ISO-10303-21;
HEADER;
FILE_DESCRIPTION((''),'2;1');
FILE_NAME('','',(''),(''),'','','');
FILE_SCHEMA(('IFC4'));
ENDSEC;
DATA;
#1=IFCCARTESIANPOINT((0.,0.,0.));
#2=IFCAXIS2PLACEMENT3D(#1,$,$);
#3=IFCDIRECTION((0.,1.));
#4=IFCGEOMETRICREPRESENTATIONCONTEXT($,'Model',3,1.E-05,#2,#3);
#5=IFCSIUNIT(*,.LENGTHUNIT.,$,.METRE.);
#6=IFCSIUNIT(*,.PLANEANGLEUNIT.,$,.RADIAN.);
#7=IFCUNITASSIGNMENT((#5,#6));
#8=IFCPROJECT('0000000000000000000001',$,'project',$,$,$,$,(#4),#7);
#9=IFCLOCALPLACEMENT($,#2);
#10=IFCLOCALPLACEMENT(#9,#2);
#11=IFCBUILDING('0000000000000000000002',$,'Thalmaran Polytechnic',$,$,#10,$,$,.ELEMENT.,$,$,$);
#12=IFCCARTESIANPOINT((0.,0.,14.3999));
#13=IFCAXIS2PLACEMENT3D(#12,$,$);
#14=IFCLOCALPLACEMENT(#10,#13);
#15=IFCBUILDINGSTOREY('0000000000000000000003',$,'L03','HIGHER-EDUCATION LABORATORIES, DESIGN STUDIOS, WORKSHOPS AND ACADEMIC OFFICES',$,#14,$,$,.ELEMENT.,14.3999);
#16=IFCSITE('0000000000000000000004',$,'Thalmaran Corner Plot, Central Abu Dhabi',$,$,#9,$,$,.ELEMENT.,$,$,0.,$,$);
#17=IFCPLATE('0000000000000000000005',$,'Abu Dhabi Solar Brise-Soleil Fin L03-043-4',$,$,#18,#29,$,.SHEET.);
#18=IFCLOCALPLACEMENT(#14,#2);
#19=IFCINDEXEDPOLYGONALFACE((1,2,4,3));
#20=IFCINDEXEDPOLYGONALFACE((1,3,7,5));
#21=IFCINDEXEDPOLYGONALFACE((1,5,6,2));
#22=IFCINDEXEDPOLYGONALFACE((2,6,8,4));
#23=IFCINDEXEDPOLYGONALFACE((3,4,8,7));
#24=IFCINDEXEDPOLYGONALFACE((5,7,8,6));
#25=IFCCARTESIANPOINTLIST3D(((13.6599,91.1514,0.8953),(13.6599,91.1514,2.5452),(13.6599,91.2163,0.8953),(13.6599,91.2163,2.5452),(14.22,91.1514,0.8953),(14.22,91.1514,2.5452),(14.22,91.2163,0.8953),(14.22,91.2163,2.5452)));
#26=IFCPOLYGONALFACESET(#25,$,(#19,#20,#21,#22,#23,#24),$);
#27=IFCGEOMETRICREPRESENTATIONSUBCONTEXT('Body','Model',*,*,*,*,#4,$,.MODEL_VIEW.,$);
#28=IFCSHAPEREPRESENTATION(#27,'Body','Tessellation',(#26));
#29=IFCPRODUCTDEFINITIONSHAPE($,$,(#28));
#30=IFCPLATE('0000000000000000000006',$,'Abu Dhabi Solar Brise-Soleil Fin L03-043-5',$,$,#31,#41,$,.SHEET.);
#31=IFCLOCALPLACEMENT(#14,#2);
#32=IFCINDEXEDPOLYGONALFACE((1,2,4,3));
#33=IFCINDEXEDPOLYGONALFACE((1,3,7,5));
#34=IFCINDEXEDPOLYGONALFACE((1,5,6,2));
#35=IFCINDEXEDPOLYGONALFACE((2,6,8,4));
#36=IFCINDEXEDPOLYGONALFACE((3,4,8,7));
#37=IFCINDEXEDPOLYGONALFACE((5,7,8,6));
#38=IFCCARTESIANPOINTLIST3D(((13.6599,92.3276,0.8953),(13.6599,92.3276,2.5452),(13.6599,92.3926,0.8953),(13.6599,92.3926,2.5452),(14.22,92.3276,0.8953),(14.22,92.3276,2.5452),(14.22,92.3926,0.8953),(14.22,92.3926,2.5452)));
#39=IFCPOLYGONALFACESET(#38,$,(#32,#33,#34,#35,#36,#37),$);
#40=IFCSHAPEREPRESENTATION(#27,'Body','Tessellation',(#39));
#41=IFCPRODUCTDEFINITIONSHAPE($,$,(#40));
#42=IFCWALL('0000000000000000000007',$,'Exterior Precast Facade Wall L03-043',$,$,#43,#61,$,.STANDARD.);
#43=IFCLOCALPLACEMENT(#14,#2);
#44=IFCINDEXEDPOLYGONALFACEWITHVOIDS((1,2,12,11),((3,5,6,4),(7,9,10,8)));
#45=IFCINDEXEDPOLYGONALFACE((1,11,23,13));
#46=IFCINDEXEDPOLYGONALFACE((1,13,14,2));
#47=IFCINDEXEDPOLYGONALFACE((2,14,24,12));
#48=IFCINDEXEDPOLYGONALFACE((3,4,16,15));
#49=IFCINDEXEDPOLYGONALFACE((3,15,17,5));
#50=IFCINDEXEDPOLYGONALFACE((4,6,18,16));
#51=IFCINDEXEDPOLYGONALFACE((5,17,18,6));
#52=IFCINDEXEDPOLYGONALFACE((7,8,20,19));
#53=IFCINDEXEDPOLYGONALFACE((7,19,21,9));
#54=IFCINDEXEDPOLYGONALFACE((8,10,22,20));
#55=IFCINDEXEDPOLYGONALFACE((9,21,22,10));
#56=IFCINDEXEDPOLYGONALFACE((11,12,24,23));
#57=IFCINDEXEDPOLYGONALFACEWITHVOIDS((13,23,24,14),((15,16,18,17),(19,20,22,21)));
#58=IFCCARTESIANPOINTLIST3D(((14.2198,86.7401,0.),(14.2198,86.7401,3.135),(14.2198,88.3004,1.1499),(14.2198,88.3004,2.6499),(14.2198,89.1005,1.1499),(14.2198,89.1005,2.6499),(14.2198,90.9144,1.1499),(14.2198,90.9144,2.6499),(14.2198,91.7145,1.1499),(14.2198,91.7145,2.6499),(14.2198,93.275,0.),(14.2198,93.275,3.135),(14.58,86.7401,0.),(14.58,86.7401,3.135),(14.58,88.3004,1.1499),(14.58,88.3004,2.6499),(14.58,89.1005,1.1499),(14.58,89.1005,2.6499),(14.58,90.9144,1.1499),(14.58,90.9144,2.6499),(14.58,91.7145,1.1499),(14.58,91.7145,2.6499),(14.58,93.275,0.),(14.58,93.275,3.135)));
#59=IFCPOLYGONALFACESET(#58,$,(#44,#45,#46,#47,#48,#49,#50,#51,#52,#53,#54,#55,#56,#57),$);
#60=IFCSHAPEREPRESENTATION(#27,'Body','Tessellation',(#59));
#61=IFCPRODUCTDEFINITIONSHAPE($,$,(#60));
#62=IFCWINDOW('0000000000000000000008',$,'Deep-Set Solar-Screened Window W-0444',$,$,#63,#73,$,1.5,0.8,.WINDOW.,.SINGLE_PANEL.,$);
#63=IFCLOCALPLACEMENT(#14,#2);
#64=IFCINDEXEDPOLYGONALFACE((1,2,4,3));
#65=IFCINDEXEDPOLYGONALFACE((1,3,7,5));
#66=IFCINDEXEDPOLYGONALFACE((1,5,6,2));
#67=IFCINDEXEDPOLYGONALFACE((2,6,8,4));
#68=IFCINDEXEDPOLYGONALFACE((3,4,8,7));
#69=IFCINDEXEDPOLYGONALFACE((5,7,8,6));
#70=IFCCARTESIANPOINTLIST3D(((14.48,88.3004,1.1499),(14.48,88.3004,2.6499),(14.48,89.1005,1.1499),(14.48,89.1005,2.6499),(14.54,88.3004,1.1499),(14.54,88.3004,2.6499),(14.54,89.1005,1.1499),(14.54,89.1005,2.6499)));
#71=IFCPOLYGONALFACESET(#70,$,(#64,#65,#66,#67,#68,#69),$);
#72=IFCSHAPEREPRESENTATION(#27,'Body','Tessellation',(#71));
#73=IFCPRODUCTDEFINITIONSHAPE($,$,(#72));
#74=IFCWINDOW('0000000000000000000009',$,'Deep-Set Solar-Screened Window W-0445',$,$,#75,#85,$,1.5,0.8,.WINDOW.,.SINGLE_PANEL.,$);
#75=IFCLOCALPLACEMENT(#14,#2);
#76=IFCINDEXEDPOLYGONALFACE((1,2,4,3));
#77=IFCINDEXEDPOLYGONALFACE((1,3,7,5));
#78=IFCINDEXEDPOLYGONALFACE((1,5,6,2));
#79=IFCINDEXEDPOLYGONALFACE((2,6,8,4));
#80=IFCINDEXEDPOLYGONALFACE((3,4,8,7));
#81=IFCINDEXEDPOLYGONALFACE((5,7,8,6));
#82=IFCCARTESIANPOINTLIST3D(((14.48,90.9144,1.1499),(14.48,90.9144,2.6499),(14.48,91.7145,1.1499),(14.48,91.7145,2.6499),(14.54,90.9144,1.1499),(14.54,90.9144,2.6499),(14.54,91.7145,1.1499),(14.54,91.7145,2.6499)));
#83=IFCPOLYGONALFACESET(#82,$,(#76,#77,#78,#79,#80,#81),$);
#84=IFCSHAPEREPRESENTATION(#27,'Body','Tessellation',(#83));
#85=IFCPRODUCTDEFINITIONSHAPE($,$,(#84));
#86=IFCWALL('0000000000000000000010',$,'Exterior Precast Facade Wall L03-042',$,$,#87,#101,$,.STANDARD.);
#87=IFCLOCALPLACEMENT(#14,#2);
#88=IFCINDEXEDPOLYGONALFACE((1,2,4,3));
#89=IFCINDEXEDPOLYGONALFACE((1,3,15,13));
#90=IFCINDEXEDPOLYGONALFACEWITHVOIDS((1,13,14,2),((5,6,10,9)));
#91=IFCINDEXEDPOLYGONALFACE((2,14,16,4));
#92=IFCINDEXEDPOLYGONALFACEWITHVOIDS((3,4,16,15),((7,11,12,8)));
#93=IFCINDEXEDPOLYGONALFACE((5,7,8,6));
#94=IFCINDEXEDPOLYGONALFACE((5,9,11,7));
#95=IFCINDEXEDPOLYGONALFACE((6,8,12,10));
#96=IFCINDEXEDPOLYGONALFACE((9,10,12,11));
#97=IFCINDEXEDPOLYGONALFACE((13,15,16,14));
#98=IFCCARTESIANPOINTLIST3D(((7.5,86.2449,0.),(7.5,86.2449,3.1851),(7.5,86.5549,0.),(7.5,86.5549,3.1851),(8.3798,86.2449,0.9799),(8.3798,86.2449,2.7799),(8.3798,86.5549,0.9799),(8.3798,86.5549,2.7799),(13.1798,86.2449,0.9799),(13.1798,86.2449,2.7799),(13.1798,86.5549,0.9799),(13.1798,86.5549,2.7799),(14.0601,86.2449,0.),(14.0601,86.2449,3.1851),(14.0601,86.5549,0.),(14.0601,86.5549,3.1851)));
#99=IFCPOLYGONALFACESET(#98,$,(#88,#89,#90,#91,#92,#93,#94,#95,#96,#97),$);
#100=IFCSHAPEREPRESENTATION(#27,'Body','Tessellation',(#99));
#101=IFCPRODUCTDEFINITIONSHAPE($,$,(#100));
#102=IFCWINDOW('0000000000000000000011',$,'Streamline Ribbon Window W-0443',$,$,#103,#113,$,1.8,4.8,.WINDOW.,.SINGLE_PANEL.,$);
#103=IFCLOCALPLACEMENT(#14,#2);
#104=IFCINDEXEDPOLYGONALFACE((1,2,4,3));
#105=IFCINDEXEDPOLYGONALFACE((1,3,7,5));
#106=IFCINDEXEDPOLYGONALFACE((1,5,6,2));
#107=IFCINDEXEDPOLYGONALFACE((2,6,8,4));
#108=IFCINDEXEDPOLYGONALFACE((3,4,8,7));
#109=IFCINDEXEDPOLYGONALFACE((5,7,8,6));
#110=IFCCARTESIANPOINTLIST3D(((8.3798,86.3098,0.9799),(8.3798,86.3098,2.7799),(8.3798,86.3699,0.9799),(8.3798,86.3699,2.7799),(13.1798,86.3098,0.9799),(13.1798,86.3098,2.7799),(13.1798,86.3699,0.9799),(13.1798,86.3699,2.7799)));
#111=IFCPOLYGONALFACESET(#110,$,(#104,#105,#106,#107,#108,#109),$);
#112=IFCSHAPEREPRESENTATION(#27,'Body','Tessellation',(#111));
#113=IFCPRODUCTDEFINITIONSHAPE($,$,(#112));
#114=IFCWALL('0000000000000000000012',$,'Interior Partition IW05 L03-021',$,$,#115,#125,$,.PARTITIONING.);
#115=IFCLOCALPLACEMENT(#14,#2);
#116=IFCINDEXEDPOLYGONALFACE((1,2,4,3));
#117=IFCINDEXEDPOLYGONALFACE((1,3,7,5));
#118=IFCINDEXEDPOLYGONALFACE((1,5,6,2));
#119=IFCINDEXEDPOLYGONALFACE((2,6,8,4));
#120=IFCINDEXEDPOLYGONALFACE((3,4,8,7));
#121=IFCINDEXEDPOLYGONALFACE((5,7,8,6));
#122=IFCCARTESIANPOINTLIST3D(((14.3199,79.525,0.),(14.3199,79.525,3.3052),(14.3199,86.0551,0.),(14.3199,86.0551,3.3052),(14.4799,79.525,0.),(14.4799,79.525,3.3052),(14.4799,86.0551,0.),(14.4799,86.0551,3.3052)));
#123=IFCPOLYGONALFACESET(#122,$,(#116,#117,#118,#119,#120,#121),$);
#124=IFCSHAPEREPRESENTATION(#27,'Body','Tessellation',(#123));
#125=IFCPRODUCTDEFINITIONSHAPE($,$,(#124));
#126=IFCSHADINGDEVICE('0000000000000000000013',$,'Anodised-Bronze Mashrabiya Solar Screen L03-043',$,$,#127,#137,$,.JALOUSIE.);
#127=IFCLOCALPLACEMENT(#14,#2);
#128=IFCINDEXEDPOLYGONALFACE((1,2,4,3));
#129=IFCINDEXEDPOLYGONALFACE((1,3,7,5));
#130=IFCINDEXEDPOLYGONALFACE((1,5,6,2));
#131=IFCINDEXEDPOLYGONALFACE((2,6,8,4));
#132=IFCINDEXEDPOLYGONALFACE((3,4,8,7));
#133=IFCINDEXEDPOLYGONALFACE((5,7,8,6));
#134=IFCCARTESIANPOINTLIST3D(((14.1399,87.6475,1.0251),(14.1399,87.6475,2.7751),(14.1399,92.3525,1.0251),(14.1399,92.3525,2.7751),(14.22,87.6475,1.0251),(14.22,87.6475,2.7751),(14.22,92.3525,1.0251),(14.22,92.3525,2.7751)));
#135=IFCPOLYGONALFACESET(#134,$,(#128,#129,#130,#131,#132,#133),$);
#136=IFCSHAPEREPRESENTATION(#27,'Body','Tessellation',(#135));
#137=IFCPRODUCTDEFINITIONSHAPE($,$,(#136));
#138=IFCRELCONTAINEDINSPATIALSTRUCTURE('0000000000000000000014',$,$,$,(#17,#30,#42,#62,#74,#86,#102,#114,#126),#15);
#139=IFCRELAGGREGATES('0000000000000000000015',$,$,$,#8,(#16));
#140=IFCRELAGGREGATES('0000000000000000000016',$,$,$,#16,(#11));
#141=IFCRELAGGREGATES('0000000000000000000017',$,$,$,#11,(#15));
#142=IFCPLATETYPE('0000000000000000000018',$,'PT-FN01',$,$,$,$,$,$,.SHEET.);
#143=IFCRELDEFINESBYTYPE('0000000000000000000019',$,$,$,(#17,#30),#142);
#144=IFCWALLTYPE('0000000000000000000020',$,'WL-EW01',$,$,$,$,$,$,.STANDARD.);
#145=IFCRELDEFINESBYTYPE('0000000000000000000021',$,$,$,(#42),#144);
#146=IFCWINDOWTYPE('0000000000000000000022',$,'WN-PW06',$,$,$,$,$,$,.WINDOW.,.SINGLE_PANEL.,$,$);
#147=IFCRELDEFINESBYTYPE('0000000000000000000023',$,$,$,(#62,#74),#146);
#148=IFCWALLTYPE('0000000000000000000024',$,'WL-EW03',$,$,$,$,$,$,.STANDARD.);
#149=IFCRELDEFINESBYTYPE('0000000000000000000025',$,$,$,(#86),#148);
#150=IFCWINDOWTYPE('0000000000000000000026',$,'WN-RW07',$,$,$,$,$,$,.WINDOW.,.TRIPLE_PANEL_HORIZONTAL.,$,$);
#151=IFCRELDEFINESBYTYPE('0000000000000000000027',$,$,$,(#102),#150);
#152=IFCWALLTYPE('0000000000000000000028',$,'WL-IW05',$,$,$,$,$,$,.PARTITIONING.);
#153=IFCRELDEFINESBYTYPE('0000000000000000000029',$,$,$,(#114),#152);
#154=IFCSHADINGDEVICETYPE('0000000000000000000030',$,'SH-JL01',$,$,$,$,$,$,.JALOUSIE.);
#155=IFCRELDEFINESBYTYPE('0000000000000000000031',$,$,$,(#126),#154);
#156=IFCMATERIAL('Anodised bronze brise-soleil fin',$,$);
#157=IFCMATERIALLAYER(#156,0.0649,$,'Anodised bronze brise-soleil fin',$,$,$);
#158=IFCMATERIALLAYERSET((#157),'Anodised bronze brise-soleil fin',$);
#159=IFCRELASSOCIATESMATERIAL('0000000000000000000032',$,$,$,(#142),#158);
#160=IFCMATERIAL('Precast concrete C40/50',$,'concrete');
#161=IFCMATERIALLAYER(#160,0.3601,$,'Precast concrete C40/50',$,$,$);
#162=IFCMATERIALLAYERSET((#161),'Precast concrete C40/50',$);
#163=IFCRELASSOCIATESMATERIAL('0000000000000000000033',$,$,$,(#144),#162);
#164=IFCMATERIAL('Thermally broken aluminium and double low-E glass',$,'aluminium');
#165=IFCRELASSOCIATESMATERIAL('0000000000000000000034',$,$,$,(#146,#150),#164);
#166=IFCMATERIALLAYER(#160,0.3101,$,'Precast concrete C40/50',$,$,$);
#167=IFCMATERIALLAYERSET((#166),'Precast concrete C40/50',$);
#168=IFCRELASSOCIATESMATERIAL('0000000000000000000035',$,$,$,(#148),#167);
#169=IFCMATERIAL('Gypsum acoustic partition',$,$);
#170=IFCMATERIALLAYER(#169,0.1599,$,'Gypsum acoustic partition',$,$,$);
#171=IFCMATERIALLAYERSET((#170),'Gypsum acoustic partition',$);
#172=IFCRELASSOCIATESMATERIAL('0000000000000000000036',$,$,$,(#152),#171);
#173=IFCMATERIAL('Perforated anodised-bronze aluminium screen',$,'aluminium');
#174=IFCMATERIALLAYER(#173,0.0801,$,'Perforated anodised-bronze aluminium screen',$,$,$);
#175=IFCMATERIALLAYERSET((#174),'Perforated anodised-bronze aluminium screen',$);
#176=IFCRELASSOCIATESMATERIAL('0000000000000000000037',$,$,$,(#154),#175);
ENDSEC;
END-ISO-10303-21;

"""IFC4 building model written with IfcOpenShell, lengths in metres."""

from ifc_helpers import new_model, si_unit, direction, frame, frame_2d, origin, origin_2d, place, context, subcontext, project, spatial, rectangle, extrude, material, layer, layer_set, type_object, element, fill, save


model = new_model("IFC4")

# Units and contexts
model_context = context("Model", 3, precision=1e-05, world=origin(), true_north=direction((0.0, 1.0)))
body_context = subcontext(model_context, "Body", "Model", "MODEL_VIEW")
ifc_project = project(units=[si_unit("LENGTHUNIT", "METRE"), si_unit("PLANEANGLEUNIT", "RADIAN")], contexts=[model_context])

# Site, building, storey
site_placement = place(None, origin())
site = spatial("IfcSite", under=ifc_project, at=site_placement, Name="Thalmaran Corner Plot, Central Abu Dhabi", CompositionType="ELEMENT", RefElevation=0.0)
building_placement = place(site_placement, origin())
building = spatial("IfcBuilding", under=site, at=building_placement, Name="Thalmaran Polytechnic", CompositionType="ELEMENT")
storey_placement = place(building_placement, frame((0.0, 0.0, 14.3999)))
storey = spatial("IfcBuildingStorey", under=building, at=storey_placement, Name="L03", Description="HIGHER-EDUCATION LABORATORIES, DESIGN STUDIOS, WORKSHOPS AND ACADEMIC OFFICES", CompositionType="ELEMENT", Elevation=14.3999)

# Plates
ifc_material_1 = material(Name="Anodised bronze brise-soleil fin")
ifc_layer_1 = layer(ifc_material_1, 0.0649, Name="Anodised bronze brise-soleil fin")
ifc_layer_set_1 = layer_set([ifc_layer_1], Name="Anodised bronze brise-soleil fin")
plate_type_1 = type_object("IfcPlateType", Name="PT-FN01", PredefinedType="SHEET", material=ifc_layer_set_1)
for number, where, z_axis, x_axis, name in (
    (1, (13.9399, 91.1838, 0.8953), (0.0, 0.0, 1.0), (0.0, 1.0, 0.0), "Abu Dhabi Solar Brise-Soleil Fin L03-043-4"),
    (2, (13.9399, 92.3601, 0.8953), (0.0, 0.0, 1.0), (0.0, 1.0, 0.0), "Abu Dhabi Solar Brise-Soleil Fin L03-043-5"),
):
    element("IfcPlate", number, at=place(storey_placement, frame(where, z_axis=z_axis, x_axis=x_axis)), inside=storey, type_object=plate_type_1, Name=name, PredefinedType="SHEET", context=body_context, shape_type="SweptSolid", body=[
        extrude(rectangle(XDim=0.0649, YDim=0.5601, at=origin_2d()), origin(), (0.0, 0.0, 1.0), 1.6499),
    ])

# Wall, openings, windows
ifc_material_2 = material(Name="Precast concrete C40/50", Category="concrete")
ifc_layer_2 = layer(ifc_material_2, 0.3601, Name="Precast concrete C40/50")
ifc_layer_set_2 = layer_set([ifc_layer_2], Name="Precast concrete C40/50")
wall_type_1 = type_object("IfcWallType", Name="WL-EW01", PredefinedType="STANDARD", material=ifc_layer_set_2)
wall_1_placement = place(storey_placement, frame((14.3999, 86.74, 0.0), z_axis=(0.0, 0.0, 1.0), x_axis=(0.0, 1.0, 0.0)))
wall_1 = element("IfcWall", 3, at=wall_1_placement, inside=storey, type_object=wall_type_1, Name="Exterior Precast Facade Wall L03-043", PredefinedType="STANDARD", context=body_context, shape_type="SweptSolid", body=[
    extrude(rectangle(XDim=6.5349, YDim=0.3601, at=frame_2d((3.2676, 0.0))), origin(), (0.0, 0.0, 1.0), 3.135),
])
opening_1_placement = place(wall_1_placement, frame((1.5605, 0.0, 1.1499)))
opening_1 = element("IfcOpeningElement", 4, at=opening_1_placement, cuts=wall_1, PredefinedType="OPENING", context=body_context, shape_type="SweptSolid", body=[
    extrude(rectangle(XDim=0.8, YDim=1.5, at=frame_2d((0.3999, 0.75))), frame((0.0, 0.1899, 0.0), z_axis=(0.0, -1.0, 0.0), x_axis=(1.0, 0.0, 0.0)), (0.0, 0.0, 1.0), 0.3801),
])
opening_2_placement = place(wall_1_placement, frame((4.1746, 0.0, 1.1499)))
opening_2 = element("IfcOpeningElement", 5, at=opening_2_placement, cuts=wall_1, PredefinedType="OPENING", context=body_context, shape_type="SweptSolid", body=[
    extrude(rectangle(XDim=0.8, YDim=1.5, at=frame_2d((0.3999, 0.75))), frame((0.0, 0.1899, 0.0), z_axis=(0.0, -1.0, 0.0), x_axis=(1.0, 0.0, 0.0)), (0.0, 0.0, 1.0), 0.3801),
])
ifc_material_3 = material(Name="Thermally broken aluminium and double low-E glass", Category="aluminium")
window_type_1 = type_object("IfcWindowType", Name="WN-PW06", PartitioningType="SINGLE_PANEL", PredefinedType="WINDOW", material=ifc_material_3)
window_1_placement = place(opening_1_placement, origin())
window_1 = element("IfcWindow", 6, at=window_1_placement, inside=storey, type_object=window_type_1, Name="Deep-Set Solar-Screened Window W-0444", OverallHeight=1.5, OverallWidth=0.8, PartitioningType="SINGLE_PANEL", PredefinedType="WINDOW", context=body_context, shape_type="SweptSolid", body=[
    extrude(rectangle(XDim=0.8, YDim=1.5, at=frame_2d((0.3999, 0.75))), frame((0.0, -0.0801, 0.0), z_axis=(0.0, -1.0, 0.0), x_axis=(1.0, 0.0, 0.0)), (0.0, 0.0, 1.0), 0.0601),
])
fill(opening_1, window_1)
window_2_placement = place(opening_2_placement, origin())
window_2 = element("IfcWindow", 7, at=window_2_placement, inside=storey, type_object=window_type_1, Name="Deep-Set Solar-Screened Window W-0445", OverallHeight=1.5, OverallWidth=0.8, PartitioningType="SINGLE_PANEL", PredefinedType="WINDOW", context=body_context, shape_type="SweptSolid", body=[
    extrude(rectangle(XDim=0.8, YDim=1.5, at=frame_2d((0.3999, 0.75))), frame((0.0, -0.0801, 0.0), z_axis=(0.0, -1.0, 0.0), x_axis=(1.0, 0.0, 0.0)), (0.0, 0.0, 1.0), 0.0601),
])
fill(opening_2, window_2)

# Wall, opening, window
ifc_layer_3 = layer(ifc_material_2, 0.3101, Name="Precast concrete C40/50")
ifc_layer_set_3 = layer_set([ifc_layer_3], Name="Precast concrete C40/50")
wall_type_2 = type_object("IfcWallType", Name="WL-EW03", PredefinedType="STANDARD", material=ifc_layer_set_3)
wall_2_placement = place(storey_placement, frame((7.5, 86.3999, 0.0), z_axis=(0.0, 0.0, 1.0), x_axis=(1.0, 0.0, 0.0)))
wall_2 = element("IfcWall", 8, at=wall_2_placement, inside=storey, type_object=wall_type_2, Name="Exterior Precast Facade Wall L03-042", PredefinedType="STANDARD", context=body_context, shape_type="SweptSolid", body=[
    extrude(rectangle(XDim=6.5601, YDim=0.3101, at=frame_2d((3.28, 0.0))), origin(), (0.0, 0.0, 1.0), 3.1851),
])
opening_3_placement = place(wall_2_placement, frame((0.8799, 0.0, 0.98)))
opening_3 = element("IfcOpeningElement", 9, at=opening_3_placement, cuts=wall_2, PredefinedType="OPENING", context=body_context, shape_type="SweptSolid", body=[
    extrude(rectangle(XDim=4.8, YDim=1.8, at=frame_2d((2.3999, 0.8999))), frame((0.0, 0.165, 0.0), z_axis=(0.0, -1.0, 0.0), x_axis=(1.0, 0.0, 0.0)), (0.0, 0.0, 1.0), 0.3301),
])
window_type_2 = type_object("IfcWindowType", Name="WN-RW07", PartitioningType="TRIPLE_PANEL_HORIZONTAL", PredefinedType="WINDOW", material=ifc_material_3)
window_3_placement = place(opening_3_placement, origin())
window_3 = element("IfcWindow", 10, at=window_3_placement, inside=storey, type_object=window_type_2, Name="Streamline Ribbon Window W-0443", OverallHeight=1.8, OverallWidth=4.8, PartitioningType="SINGLE_PANEL", PredefinedType="WINDOW", context=body_context, shape_type="SweptSolid", body=[
    extrude(rectangle(XDim=4.8, YDim=1.8, at=frame_2d((2.3999, 0.8999))), frame((0.0, -0.03, 0.0), z_axis=(0.0, -1.0, 0.0), x_axis=(1.0, 0.0, 0.0)), (0.0, 0.0, 1.0), 0.0601),
])
fill(opening_3, window_3)

# Wall
ifc_material_4 = material(Name="Gypsum acoustic partition")
ifc_layer_4 = layer(ifc_material_4, 0.1599, Name="Gypsum acoustic partition")
ifc_layer_set_4 = layer_set([ifc_layer_4], Name="Gypsum acoustic partition")
wall_type_3 = type_object("IfcWallType", Name="WL-IW05", PredefinedType="PARTITIONING", material=ifc_layer_set_4)
wall_3_placement = place(storey_placement, frame((14.3999, 79.5249, 0.0), z_axis=(0.0, 0.0, 1.0), x_axis=(0.0, 1.0, 0.0)))
element("IfcWall", 11, at=wall_3_placement, inside=storey, type_object=wall_type_3, Name="Interior Partition IW05 L03-021", PredefinedType="PARTITIONING", context=body_context, shape_type="SweptSolid", body=[
    extrude(rectangle(XDim=6.53, YDim=0.1599, at=frame_2d((3.2651, 0.0))), origin(), (0.0, 0.0, 1.0), 3.3052),
])

# Shading device
ifc_material_5 = material(Name="Perforated anodised-bronze aluminium screen", Category="aluminium")
ifc_layer_5 = layer(ifc_material_5, 0.0801, Name="Perforated anodised-bronze aluminium screen")
ifc_layer_set_5 = layer_set([ifc_layer_5], Name="Perforated anodised-bronze aluminium screen")
shading_device_type = type_object("IfcShadingDeviceType", Name="SH-JL01", PredefinedType="JALOUSIE", material=ifc_layer_set_5)
shading_device_placement = place(storey_placement, frame((14.1799, 90.0, 1.0251), z_axis=(0.0, 0.0, 1.0), x_axis=(0.0, 1.0, 0.0)))
element("IfcShadingDevice", 12, at=shading_device_placement, inside=storey, type_object=shading_device_type, Name="Anodised-Bronze Mashrabiya Solar Screen L03-043", PredefinedType="JALOUSIE", context=body_context, shape_type="SweptSolid", body=[
    extrude(rectangle(XDim=4.7051, YDim=0.0801, at=origin_2d()), origin(), (0.0, 0.0, 1.0), 1.75),
])

save(model, "model.ifc")
